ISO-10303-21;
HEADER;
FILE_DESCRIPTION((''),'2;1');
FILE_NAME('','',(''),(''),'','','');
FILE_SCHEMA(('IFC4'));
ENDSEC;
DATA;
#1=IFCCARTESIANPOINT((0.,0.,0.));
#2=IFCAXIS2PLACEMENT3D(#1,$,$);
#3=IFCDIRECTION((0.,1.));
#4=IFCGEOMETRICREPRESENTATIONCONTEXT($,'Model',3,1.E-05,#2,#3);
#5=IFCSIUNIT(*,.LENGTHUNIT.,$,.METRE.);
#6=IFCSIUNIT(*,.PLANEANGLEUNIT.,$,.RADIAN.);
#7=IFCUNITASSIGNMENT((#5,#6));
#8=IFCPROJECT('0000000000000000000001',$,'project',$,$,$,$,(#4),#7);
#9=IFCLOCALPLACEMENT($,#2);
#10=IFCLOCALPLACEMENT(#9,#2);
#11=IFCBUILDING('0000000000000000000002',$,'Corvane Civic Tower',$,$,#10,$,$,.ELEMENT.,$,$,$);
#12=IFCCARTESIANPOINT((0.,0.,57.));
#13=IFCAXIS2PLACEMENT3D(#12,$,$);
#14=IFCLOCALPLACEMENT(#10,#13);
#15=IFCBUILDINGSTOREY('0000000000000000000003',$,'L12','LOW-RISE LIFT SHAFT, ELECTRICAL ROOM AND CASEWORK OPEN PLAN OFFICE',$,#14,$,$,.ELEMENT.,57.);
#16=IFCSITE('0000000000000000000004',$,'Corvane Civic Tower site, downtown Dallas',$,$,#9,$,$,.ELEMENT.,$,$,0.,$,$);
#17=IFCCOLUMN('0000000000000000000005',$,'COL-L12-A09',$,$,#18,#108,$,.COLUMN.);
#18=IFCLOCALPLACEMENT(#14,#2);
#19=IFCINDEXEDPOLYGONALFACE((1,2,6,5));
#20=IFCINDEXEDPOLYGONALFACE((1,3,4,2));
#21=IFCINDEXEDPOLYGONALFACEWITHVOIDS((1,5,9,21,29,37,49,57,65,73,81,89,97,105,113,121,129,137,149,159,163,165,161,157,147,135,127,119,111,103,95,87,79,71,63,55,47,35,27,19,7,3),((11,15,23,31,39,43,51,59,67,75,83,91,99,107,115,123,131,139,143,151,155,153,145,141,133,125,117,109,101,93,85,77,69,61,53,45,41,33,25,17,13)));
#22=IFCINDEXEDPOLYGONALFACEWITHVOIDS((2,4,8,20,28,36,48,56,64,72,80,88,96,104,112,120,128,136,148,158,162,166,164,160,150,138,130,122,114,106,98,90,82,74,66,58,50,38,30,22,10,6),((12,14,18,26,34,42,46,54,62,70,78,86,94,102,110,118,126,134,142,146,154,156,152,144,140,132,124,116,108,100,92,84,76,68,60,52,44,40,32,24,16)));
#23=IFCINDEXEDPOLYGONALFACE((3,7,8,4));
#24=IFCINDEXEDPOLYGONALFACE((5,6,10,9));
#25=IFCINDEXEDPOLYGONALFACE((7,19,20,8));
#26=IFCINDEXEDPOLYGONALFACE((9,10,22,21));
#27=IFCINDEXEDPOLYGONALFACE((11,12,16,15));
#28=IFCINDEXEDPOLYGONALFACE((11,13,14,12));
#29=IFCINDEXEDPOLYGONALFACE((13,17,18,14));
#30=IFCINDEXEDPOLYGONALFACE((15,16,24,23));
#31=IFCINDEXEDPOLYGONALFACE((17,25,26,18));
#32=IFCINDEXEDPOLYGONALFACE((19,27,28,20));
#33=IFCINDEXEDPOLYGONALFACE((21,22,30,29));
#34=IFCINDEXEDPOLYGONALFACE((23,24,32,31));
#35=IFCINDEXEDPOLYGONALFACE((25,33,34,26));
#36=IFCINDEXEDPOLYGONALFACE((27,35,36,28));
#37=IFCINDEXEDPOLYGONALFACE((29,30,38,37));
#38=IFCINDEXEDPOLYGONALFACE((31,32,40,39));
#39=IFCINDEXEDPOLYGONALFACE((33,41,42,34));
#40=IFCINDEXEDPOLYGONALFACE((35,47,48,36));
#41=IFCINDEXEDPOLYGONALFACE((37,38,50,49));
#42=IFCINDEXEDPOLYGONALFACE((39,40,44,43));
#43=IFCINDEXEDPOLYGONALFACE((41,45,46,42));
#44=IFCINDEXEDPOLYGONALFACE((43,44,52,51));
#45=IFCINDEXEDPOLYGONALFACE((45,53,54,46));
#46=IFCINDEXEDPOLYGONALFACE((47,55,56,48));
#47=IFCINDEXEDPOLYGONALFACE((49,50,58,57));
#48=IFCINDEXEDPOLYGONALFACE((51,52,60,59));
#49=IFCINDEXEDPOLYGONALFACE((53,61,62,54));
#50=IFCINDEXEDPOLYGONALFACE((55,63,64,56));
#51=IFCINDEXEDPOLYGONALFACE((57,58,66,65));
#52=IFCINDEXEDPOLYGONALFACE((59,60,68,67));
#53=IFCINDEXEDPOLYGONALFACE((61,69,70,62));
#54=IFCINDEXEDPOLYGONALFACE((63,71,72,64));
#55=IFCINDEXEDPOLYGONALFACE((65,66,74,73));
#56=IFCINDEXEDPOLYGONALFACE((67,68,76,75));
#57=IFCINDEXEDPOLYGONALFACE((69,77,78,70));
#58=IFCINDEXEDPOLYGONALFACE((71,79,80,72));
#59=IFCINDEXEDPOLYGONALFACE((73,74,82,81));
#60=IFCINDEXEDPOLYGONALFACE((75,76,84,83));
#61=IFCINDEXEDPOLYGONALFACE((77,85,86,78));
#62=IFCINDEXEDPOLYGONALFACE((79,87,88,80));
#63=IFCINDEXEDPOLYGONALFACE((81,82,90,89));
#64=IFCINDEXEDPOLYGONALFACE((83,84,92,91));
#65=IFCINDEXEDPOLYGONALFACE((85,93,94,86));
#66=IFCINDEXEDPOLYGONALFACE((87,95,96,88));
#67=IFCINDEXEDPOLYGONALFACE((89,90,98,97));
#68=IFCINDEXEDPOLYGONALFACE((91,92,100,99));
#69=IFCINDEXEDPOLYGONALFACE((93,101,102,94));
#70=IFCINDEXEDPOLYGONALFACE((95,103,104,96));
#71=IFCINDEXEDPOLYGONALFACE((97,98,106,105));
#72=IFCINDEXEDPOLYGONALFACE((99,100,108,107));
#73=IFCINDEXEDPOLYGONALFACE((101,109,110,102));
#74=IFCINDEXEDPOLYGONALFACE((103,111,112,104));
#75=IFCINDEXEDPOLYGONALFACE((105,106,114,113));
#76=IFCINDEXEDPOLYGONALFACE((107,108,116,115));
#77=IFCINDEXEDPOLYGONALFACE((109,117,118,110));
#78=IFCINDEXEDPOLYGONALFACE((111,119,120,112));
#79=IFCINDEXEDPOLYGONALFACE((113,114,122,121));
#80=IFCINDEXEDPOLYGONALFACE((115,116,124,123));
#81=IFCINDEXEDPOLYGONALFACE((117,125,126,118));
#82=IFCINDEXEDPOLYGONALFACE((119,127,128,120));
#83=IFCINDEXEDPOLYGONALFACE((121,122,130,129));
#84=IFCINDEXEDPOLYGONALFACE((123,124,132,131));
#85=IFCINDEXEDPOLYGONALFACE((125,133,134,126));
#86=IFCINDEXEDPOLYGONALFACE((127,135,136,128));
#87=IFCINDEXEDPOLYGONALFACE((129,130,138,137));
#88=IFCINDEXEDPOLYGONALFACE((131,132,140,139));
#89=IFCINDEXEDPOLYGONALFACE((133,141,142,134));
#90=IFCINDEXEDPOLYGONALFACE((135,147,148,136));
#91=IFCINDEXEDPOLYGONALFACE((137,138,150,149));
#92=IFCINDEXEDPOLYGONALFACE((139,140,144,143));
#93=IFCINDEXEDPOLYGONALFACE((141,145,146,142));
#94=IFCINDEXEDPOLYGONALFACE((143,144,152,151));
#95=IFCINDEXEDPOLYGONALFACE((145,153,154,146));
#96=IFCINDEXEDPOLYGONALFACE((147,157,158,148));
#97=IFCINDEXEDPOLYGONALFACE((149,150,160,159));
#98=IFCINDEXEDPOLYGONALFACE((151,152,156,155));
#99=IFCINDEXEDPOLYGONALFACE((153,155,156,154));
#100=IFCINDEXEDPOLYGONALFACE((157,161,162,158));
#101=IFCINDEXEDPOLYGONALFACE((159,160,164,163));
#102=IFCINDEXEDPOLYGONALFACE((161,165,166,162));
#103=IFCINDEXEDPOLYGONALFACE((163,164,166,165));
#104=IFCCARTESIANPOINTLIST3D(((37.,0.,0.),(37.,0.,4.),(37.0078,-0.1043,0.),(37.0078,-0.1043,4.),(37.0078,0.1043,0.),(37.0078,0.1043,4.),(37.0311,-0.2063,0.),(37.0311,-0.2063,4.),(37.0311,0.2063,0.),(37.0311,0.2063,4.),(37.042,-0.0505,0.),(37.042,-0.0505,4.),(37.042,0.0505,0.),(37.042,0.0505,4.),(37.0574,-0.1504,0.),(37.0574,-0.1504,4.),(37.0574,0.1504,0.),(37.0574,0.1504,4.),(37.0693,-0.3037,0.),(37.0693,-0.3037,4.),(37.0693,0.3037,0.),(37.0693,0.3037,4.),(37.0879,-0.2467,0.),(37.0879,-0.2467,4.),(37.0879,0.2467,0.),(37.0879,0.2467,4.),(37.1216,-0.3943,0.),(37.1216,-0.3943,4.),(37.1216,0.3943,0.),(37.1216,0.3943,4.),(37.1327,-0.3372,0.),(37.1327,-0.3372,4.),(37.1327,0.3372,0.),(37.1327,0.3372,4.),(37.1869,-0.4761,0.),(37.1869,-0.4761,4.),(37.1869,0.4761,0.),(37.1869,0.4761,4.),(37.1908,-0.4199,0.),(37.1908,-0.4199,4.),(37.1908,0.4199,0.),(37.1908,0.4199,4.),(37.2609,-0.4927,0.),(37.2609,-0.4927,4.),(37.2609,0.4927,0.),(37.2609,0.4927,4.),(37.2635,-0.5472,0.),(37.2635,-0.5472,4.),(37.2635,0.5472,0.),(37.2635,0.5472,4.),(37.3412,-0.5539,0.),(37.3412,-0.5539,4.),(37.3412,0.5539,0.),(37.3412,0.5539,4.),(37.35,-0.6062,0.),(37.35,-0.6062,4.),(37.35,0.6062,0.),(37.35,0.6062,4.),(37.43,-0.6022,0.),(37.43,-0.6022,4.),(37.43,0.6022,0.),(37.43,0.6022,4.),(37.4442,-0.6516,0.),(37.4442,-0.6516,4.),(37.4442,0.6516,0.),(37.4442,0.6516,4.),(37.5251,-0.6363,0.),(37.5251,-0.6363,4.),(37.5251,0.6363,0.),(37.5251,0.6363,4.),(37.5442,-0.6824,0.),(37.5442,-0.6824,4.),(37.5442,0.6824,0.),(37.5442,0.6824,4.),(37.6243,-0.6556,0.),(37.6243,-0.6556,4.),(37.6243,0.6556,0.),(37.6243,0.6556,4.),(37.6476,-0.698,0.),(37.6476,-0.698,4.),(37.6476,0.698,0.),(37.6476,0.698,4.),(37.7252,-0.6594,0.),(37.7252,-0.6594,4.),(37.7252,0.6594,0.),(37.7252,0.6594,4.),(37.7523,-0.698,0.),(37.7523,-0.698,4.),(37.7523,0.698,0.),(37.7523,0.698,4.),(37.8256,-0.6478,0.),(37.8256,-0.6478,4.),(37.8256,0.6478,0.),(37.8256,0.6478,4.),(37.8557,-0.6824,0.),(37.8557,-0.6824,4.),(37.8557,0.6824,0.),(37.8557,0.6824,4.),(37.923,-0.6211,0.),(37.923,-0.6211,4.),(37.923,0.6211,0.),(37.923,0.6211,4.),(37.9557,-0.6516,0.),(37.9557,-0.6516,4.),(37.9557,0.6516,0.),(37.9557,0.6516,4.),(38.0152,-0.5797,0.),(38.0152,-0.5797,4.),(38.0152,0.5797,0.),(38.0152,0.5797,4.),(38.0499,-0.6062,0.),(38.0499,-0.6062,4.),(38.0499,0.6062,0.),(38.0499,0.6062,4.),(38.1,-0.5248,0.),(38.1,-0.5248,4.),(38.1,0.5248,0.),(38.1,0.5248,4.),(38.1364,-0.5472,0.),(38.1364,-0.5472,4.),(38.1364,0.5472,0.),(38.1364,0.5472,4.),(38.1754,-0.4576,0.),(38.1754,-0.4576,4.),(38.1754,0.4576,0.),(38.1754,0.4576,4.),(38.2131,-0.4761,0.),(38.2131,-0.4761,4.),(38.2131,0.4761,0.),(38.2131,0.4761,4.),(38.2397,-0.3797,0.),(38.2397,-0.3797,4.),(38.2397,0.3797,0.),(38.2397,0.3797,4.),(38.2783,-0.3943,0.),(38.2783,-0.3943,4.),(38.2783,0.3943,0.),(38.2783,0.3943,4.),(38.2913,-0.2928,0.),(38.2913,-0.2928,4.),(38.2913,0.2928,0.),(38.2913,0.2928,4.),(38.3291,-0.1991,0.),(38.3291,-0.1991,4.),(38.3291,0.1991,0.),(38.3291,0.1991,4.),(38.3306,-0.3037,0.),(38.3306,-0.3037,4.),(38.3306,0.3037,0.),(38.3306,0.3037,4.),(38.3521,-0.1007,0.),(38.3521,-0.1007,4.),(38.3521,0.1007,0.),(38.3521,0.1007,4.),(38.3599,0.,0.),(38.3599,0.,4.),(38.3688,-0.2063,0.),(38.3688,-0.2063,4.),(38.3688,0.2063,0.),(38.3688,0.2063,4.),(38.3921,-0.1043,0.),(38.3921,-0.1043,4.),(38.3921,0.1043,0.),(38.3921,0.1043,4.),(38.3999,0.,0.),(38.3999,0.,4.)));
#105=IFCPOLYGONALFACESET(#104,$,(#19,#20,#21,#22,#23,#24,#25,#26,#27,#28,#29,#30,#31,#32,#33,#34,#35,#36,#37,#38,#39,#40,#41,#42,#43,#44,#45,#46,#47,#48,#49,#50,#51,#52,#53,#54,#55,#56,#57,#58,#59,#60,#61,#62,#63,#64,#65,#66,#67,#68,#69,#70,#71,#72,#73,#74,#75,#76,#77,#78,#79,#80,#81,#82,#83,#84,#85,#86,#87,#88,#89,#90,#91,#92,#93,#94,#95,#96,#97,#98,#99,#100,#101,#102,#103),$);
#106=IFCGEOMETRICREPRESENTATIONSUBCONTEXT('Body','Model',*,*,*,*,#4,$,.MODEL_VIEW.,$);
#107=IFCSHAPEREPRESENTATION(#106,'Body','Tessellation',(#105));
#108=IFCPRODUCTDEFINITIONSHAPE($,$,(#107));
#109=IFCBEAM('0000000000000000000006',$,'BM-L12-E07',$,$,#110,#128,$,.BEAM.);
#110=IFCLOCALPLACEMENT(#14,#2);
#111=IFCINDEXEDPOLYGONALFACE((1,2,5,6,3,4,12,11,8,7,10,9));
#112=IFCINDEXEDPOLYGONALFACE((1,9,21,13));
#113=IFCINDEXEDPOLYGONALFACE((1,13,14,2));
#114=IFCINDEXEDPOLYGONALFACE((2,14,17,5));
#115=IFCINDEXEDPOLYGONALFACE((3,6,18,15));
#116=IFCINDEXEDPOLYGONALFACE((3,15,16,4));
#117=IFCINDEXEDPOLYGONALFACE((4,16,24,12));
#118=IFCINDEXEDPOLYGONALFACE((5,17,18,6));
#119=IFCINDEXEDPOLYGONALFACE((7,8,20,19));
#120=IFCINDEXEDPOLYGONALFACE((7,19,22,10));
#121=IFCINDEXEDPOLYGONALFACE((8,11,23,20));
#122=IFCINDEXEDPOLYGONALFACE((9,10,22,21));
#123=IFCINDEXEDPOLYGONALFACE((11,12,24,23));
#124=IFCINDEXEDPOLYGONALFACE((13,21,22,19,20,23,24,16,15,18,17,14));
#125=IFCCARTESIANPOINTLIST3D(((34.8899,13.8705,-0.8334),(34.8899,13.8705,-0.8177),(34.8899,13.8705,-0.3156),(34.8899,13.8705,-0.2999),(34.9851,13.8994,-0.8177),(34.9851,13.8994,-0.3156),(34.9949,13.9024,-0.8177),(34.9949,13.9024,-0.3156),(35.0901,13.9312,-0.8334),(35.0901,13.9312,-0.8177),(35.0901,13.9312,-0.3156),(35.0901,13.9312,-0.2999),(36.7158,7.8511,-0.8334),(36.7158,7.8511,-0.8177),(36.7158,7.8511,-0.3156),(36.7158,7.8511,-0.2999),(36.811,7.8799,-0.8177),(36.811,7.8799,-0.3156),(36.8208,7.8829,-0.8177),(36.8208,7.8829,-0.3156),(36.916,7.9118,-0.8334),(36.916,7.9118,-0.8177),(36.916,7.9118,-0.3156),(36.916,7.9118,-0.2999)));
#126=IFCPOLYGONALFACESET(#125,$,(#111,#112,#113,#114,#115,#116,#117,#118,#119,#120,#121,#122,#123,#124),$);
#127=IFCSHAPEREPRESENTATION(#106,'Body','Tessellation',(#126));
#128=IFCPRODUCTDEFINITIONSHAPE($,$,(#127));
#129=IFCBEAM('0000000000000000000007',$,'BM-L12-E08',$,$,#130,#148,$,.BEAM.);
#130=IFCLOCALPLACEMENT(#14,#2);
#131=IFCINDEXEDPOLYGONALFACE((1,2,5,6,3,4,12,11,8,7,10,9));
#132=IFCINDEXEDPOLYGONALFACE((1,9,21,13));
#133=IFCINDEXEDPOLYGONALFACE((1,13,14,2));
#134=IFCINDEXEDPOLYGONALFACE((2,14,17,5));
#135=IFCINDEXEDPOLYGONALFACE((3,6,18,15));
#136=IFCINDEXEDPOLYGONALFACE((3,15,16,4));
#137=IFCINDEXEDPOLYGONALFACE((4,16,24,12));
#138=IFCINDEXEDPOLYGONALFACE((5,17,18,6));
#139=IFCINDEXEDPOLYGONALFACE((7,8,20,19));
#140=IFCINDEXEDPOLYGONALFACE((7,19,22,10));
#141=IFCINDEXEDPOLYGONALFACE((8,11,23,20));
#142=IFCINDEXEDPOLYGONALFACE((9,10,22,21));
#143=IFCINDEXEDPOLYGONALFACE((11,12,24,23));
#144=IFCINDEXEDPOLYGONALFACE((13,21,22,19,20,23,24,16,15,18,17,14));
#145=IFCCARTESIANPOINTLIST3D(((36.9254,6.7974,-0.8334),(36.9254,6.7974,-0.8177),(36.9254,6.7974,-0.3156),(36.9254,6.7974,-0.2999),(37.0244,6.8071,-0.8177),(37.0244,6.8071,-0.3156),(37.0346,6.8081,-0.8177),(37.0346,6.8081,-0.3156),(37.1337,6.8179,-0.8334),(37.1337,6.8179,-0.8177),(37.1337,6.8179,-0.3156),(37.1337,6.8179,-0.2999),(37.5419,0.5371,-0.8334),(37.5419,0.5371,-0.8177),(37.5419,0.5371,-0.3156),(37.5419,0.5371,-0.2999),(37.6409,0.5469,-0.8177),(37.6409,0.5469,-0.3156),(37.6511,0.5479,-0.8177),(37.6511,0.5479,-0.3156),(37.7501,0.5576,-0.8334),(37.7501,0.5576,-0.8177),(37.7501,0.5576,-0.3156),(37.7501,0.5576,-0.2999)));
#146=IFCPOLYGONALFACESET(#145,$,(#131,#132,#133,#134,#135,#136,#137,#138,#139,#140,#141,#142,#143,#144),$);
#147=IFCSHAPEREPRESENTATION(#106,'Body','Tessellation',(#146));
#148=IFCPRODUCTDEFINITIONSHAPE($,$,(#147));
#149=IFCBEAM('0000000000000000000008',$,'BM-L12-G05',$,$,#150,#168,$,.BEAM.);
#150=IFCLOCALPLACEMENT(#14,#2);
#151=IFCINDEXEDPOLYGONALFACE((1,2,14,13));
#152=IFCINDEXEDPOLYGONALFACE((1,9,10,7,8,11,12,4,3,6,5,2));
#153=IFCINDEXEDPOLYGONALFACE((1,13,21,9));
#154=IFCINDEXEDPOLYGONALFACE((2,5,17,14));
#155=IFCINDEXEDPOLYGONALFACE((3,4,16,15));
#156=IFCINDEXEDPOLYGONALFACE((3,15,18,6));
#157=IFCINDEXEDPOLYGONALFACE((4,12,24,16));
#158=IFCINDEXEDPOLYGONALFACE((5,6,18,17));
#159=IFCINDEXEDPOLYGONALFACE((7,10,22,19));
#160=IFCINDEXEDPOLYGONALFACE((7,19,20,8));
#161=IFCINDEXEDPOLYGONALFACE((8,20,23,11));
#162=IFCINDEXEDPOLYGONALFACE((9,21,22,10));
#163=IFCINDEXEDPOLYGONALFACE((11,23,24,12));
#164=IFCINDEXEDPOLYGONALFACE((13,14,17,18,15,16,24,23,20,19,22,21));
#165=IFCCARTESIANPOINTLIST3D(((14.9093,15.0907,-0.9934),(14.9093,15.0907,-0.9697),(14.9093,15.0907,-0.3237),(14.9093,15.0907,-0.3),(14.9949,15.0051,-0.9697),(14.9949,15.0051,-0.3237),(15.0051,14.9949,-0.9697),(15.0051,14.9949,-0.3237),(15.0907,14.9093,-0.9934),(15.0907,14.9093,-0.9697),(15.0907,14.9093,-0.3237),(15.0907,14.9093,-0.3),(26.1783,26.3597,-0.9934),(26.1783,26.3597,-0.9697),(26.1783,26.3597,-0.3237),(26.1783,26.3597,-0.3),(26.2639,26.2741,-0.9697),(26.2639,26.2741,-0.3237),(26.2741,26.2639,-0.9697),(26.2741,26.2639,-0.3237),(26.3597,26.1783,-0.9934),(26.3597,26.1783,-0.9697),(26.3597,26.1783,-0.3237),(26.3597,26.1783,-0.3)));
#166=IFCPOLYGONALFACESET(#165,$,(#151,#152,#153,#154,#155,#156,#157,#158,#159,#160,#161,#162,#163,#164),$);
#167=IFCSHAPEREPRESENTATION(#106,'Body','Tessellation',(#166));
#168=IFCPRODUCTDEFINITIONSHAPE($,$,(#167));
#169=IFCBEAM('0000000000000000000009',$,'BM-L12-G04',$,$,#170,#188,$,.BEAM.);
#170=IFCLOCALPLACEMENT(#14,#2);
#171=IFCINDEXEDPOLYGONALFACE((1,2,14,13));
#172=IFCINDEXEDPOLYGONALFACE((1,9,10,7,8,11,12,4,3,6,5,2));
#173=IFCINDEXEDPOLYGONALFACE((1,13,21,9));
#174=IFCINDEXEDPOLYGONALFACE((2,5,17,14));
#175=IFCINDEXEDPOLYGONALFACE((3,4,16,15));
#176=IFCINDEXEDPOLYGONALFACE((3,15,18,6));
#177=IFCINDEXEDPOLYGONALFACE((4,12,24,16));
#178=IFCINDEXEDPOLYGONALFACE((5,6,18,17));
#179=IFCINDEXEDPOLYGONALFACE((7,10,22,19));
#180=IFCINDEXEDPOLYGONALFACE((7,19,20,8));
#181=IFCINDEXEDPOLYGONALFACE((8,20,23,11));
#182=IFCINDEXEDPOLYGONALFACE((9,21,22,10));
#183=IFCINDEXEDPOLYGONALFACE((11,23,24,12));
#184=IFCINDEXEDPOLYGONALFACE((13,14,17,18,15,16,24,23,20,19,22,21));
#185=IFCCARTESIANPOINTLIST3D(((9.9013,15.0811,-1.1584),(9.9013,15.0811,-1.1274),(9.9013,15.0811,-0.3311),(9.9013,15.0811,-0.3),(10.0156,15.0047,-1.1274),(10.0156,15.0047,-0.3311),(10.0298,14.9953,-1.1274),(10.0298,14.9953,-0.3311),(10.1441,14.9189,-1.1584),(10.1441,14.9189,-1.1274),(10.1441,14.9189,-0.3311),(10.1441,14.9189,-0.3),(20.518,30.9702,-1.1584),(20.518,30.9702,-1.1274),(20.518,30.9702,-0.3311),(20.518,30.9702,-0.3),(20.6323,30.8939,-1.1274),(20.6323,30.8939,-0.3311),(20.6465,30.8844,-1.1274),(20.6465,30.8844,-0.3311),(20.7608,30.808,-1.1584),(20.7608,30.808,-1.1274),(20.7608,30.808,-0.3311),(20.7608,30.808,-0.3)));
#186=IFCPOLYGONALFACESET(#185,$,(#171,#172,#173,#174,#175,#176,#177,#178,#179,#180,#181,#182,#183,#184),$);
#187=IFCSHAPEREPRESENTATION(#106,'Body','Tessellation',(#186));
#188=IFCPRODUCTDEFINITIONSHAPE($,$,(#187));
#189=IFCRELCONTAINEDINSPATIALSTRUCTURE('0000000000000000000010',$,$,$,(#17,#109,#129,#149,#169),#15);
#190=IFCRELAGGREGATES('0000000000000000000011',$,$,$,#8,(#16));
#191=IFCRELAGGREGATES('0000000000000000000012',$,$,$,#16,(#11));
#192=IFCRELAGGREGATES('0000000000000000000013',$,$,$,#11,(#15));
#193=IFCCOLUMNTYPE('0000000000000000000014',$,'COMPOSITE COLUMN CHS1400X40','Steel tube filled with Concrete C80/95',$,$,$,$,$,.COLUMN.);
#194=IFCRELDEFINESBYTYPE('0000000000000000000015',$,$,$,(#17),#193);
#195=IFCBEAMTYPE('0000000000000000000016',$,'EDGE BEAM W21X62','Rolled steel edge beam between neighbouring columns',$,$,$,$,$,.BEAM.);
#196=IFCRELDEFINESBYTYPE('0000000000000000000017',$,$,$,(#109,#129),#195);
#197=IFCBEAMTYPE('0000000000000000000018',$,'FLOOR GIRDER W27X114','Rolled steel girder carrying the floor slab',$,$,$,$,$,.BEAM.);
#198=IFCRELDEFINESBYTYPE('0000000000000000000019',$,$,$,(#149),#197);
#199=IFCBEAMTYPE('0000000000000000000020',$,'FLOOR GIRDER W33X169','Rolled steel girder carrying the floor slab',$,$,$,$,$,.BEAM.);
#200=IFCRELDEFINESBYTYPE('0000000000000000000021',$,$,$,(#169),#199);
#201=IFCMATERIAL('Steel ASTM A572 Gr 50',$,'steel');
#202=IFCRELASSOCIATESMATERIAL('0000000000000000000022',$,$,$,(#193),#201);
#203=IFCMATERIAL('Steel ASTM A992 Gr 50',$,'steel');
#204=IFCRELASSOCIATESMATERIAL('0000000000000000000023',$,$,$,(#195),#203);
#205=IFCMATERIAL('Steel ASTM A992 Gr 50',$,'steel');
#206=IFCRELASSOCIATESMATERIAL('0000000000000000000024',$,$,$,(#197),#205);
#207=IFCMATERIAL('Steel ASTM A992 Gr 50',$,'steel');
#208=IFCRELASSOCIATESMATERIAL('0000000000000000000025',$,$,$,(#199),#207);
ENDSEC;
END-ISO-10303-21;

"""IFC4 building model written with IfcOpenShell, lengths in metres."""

from ifc_helpers import new_model, si_unit, direction, frame, origin, origin_2d, place, context, subcontext, project, spatial, hollow_circle, i_section, extrude, material, material_profile, profile_set, type_object, element, save


model = new_model("IFC4")

# Units and contexts
model_context = context("Model", 3, precision=1e-05, world=origin(), true_north=direction((0.0, 1.0)))
body_context = subcontext(model_context, "Body", "Model", "MODEL_VIEW")
ifc_project = project(units=[si_unit("LENGTHUNIT", "METRE"), si_unit("PLANEANGLEUNIT", "RADIAN")], contexts=[model_context])

# Site, building, storey
site_placement = place(None, origin())
site = spatial("IfcSite", under=ifc_project, at=site_placement, Name="Corvane Civic Tower site, downtown Dallas", CompositionType="ELEMENT", RefElevation=0.0)
building_placement = place(site_placement, origin())
building = spatial("IfcBuilding", under=site, at=building_placement, Name="Corvane Civic Tower", CompositionType="ELEMENT")
storey_placement = place(building_placement, frame((0.0, 0.0, 57.0)))
storey = spatial("IfcBuildingStorey", under=building, at=storey_placement, Name="L12", Description="LOW-RISE LIFT SHAFT, ELECTRICAL ROOM AND CASEWORK OPEN PLAN OFFICE", CompositionType="ELEMENT", Elevation=57.0)

# Column
ifc_material_1 = material(Name="Steel ASTM A572 Gr 50", Category="steel")
ifc_material_profile_1 = material_profile(ifc_material_1, hollow_circle(Radius=0.7, WallThickness=0.04, at=origin_2d()), Name="CHS1400X40")
ifc_profile_set_1 = profile_set([ifc_material_profile_1], Name="Steel ASTM A572 Gr 50")
column_type = type_object("IfcColumnType", Name="COMPOSITE COLUMN CHS1400X40", Description="Steel tube filled with Concrete C80/95", PredefinedType="COLUMN", material=ifc_profile_set_1)
for number, where, z_axis, x_axis, name in (
    (1, (37.7, 0.0, 0.0), (0.0, 0.0, 1.0), (1.0, 0.0, 0.0), "COL-L12-A09"),
):
    element("IfcColumn", number, at=place(storey_placement, frame(where, z_axis=z_axis, x_axis=x_axis)), inside=storey, type_object=column_type, Name=name, PredefinedType="COLUMN", context=body_context, shape_type="SweptSolid", body=[
        extrude(hollow_circle(Radius=0.7, WallThickness=0.04, at=origin_2d()), origin(), (0.0, 0.0, 1.0), 4.0),
    ])

# Beams
ifc_material_2 = material(Name="Steel ASTM A992 Gr 50", Category="steel")
ifc_material_profile_2 = material_profile(ifc_material_2, i_section(OverallWidth=0.2092, OverallDepth=0.5334, WebThickness=0.0103, FlangeThickness=0.0156, at=origin_2d()), Name="W21X62")
ifc_profile_set_2 = profile_set([ifc_material_profile_2], Name="Steel ASTM A992 Gr 50")
beam_type_1 = type_object("IfcBeamType", Name="EDGE BEAM W21X62", Description="Rolled steel edge beam between neighbouring columns", PredefinedType="BEAM", material=ifc_profile_set_2)
beam_1_placement = place(storey_placement, frame((34.99, 13.9009, -0.5667), z_axis=(0.290273, -0.956944, 0.0), x_axis=(0.956944, 0.290273, 0.0)))
element("IfcBeam", 2, at=beam_1_placement, inside=storey, type_object=beam_type_1, Name="BM-L12-E07", PredefinedType="BEAM", context=body_context, shape_type="SweptSolid", body=[
    extrude(i_section(OverallWidth=0.2092, OverallDepth=0.5334, WebThickness=0.0103, FlangeThickness=0.0156, at=origin_2d()), origin(), (0.0, 0.0, 1.0), 6.2903),
])
beam_2_placement = place(storey_placement, frame((37.0295, 6.8076, -0.5667), z_axis=(0.097997, -0.995187, 0.0), x_axis=(0.995187, 0.097997, 0.0)))
element("IfcBeam", 3, at=beam_2_placement, inside=storey, type_object=beam_type_1, Name="BM-L12-E08", PredefinedType="BEAM", context=body_context, shape_type="SweptSolid", body=[
    extrude(i_section(OverallWidth=0.2092, OverallDepth=0.5334, WebThickness=0.0103, FlangeThickness=0.0156, at=origin_2d()), origin(), (0.0, 0.0, 1.0), 6.2905),
])
ifc_material_3 = material(Name="Steel ASTM A992 Gr 50", Category="steel")
ifc_material_profile_3 = material_profile(ifc_material_3, i_section(OverallWidth=0.2566, OverallDepth=0.6934, WebThickness=0.0144, FlangeThickness=0.0237, at=origin_2d()), Name="W27X114")
ifc_profile_set_3 = profile_set([ifc_material_profile_3], Name="Steel ASTM A992 Gr 50")
beam_type_2 = type_object("IfcBeamType", Name="FLOOR GIRDER W27X114", Description="Rolled steel girder carrying the floor slab", PredefinedType="BEAM", material=ifc_profile_set_3)
beam_3_placement = place(storey_placement, frame((15.0, 15.0, -0.6467), z_axis=(0.707107, 0.707107, 0.0), x_axis=(-0.707107, 0.707107, 0.0)))
element("IfcBeam", 4, at=beam_3_placement, inside=storey, type_object=beam_type_2, Name="BM-L12-G05", PredefinedType="BEAM", context=body_context, shape_type="SweptSolid", body=[
    extrude(i_section(OverallWidth=0.2566, OverallDepth=0.6934, WebThickness=0.0144, FlangeThickness=0.0237, at=origin_2d()), origin(), (0.0, 0.0, 1.0), 15.9368),
])
ifc_material_4 = material(Name="Steel ASTM A992 Gr 50", Category="steel")
ifc_material_profile_4 = material_profile(ifc_material_4, i_section(OverallWidth=0.292, OverallDepth=0.8584, WebThickness=0.0171, FlangeThickness=0.031, at=origin_2d()), Name="W33X169")
ifc_profile_set_4 = profile_set([ifc_material_profile_4], Name="Steel ASTM A992 Gr 50")
beam_type_3 = type_object("IfcBeamType", Name="FLOOR GIRDER W33X169", Description="Rolled steel girder carrying the floor slab", PredefinedType="BEAM", material=ifc_profile_set_4)
for number, where, z_axis, x_axis, name in (
    (5, (10.0227, 15.0, -0.7292), (0.555567, 0.831472, 0.0), (-0.831472, 0.555567, 0.0), "BM-L12-G04"),
):
    element("IfcBeam", number, at=place(storey_placement, frame(where, z_axis=z_axis, x_axis=x_axis)), inside=storey, type_object=beam_type_3, Name=name, PredefinedType="BEAM", context=body_context, shape_type="SweptSolid", body=[
        extrude(i_section(OverallWidth=0.292, OverallDepth=0.8584, WebThickness=0.0171, FlangeThickness=0.031, at=origin_2d()), origin(), (0.0, 0.0, 1.0), 19.1096),
    ])

save(model, "model.ifc")
